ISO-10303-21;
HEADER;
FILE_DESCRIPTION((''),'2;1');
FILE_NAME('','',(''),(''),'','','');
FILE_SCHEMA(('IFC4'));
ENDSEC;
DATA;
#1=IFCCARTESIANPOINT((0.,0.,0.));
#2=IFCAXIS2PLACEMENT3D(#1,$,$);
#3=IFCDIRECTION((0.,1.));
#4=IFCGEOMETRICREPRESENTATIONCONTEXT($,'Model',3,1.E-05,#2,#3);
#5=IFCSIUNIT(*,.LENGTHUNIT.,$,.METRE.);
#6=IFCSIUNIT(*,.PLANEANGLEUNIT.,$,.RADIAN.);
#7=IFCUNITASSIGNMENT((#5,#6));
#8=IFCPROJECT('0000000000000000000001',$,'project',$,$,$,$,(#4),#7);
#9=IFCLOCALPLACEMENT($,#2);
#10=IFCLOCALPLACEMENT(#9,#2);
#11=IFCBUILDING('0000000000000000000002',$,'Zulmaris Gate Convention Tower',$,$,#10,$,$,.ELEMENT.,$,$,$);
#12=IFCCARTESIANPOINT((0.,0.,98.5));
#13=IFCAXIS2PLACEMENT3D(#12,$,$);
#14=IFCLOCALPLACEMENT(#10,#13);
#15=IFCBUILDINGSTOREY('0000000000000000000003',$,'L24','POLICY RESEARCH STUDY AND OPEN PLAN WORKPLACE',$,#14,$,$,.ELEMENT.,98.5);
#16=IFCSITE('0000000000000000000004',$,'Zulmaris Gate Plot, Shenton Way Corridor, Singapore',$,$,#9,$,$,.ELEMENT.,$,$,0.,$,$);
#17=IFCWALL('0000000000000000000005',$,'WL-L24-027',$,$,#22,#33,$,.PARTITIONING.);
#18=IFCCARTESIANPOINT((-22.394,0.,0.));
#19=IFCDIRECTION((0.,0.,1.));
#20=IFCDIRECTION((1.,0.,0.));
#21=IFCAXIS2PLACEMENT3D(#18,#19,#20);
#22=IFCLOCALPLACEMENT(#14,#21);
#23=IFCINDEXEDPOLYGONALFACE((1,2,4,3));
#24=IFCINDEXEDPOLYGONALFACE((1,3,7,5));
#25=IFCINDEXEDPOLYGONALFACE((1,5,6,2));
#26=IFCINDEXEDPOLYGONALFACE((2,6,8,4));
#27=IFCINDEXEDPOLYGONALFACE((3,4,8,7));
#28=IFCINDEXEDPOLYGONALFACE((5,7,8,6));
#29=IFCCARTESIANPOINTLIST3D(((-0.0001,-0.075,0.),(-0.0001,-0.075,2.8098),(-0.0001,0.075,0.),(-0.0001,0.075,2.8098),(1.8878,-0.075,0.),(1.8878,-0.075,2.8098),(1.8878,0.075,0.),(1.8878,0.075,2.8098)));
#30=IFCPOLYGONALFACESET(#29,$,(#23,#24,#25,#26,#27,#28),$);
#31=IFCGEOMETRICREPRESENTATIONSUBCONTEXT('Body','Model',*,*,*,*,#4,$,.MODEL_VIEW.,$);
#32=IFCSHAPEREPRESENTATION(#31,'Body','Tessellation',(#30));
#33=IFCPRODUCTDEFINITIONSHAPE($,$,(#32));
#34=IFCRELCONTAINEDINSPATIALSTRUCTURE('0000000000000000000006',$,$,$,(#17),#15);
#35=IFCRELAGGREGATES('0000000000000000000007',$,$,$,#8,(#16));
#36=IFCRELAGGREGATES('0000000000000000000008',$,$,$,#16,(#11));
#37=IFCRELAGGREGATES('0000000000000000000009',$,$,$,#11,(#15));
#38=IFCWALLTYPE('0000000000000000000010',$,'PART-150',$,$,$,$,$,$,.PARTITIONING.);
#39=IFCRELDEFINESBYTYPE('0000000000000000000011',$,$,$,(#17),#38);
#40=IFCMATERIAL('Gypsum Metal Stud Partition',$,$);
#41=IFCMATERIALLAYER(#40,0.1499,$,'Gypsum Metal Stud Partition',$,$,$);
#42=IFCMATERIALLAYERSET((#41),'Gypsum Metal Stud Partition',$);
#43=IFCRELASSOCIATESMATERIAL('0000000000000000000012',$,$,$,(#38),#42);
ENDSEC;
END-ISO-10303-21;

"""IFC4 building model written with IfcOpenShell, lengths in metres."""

from ifc_helpers import new_model, si_unit, direction, frame, frame_2d, origin, place, context, subcontext, project, spatial, rectangle, extrude, material, layer, layer_set, type_object, element, save


model = new_model("IFC4")

# Units and contexts
model_context = context("Model", 3, precision=1e-05, world=origin(), true_north=direction((0.0, 1.0)))
body_context = subcontext(model_context, "Body", "Model", "MODEL_VIEW")
ifc_project = project(units=[si_unit("LENGTHUNIT", "METRE"), si_unit("PLANEANGLEUNIT", "RADIAN")], contexts=[model_context])

# Site, building, storey
site_placement = place(None, origin())
site = spatial("IfcSite", under=ifc_project, at=site_placement, Name="Zulmaris Gate Plot, Shenton Way Corridor, Singapore", CompositionType="ELEMENT", RefElevation=0.0)
building_placement = place(site_placement, origin())
building = spatial("IfcBuilding", under=site, at=building_placement, Name="Zulmaris Gate Convention Tower", CompositionType="ELEMENT")
storey_placement = place(building_placement, frame((0.0, 0.0, 98.5)))
storey = spatial("IfcBuildingStorey", under=building, at=storey_placement, Name="L24", Description="POLICY RESEARCH STUDY AND OPEN PLAN WORKPLACE", CompositionType="ELEMENT", Elevation=98.5)

# Wall
ifc_material_1 = material(Name="Gypsum Metal Stud Partition")
ifc_layer_1 = layer(ifc_material_1, 0.1499, Name="Gypsum Metal Stud Partition")
ifc_layer_set_1 = layer_set([ifc_layer_1], Name="Gypsum Metal Stud Partition")
wall_type_1 = type_object("IfcWallType", Name="PART-150", PredefinedType="PARTITIONING", material=ifc_layer_set_1)
wall_1_placement = place(storey_placement, frame((-22.394, 0.0, 0.0), z_axis=(0.0, 0.0, 1.0), x_axis=(1.0, 0.0, 0.0)))
element("IfcWall", 1, at=wall_1_placement, inside=storey, type_object=wall_type_1, Name="WL-L24-027", PredefinedType="PARTITIONING", context=body_context, shape_type="SweptSolid", body=[
    extrude(rectangle(XDim=1.8879, YDim=0.1499, at=frame_2d((0.9438, 0.0))), origin(), (0.0, 0.0, 1.0), 2.8098),
])

save(model, "model.ifc")
